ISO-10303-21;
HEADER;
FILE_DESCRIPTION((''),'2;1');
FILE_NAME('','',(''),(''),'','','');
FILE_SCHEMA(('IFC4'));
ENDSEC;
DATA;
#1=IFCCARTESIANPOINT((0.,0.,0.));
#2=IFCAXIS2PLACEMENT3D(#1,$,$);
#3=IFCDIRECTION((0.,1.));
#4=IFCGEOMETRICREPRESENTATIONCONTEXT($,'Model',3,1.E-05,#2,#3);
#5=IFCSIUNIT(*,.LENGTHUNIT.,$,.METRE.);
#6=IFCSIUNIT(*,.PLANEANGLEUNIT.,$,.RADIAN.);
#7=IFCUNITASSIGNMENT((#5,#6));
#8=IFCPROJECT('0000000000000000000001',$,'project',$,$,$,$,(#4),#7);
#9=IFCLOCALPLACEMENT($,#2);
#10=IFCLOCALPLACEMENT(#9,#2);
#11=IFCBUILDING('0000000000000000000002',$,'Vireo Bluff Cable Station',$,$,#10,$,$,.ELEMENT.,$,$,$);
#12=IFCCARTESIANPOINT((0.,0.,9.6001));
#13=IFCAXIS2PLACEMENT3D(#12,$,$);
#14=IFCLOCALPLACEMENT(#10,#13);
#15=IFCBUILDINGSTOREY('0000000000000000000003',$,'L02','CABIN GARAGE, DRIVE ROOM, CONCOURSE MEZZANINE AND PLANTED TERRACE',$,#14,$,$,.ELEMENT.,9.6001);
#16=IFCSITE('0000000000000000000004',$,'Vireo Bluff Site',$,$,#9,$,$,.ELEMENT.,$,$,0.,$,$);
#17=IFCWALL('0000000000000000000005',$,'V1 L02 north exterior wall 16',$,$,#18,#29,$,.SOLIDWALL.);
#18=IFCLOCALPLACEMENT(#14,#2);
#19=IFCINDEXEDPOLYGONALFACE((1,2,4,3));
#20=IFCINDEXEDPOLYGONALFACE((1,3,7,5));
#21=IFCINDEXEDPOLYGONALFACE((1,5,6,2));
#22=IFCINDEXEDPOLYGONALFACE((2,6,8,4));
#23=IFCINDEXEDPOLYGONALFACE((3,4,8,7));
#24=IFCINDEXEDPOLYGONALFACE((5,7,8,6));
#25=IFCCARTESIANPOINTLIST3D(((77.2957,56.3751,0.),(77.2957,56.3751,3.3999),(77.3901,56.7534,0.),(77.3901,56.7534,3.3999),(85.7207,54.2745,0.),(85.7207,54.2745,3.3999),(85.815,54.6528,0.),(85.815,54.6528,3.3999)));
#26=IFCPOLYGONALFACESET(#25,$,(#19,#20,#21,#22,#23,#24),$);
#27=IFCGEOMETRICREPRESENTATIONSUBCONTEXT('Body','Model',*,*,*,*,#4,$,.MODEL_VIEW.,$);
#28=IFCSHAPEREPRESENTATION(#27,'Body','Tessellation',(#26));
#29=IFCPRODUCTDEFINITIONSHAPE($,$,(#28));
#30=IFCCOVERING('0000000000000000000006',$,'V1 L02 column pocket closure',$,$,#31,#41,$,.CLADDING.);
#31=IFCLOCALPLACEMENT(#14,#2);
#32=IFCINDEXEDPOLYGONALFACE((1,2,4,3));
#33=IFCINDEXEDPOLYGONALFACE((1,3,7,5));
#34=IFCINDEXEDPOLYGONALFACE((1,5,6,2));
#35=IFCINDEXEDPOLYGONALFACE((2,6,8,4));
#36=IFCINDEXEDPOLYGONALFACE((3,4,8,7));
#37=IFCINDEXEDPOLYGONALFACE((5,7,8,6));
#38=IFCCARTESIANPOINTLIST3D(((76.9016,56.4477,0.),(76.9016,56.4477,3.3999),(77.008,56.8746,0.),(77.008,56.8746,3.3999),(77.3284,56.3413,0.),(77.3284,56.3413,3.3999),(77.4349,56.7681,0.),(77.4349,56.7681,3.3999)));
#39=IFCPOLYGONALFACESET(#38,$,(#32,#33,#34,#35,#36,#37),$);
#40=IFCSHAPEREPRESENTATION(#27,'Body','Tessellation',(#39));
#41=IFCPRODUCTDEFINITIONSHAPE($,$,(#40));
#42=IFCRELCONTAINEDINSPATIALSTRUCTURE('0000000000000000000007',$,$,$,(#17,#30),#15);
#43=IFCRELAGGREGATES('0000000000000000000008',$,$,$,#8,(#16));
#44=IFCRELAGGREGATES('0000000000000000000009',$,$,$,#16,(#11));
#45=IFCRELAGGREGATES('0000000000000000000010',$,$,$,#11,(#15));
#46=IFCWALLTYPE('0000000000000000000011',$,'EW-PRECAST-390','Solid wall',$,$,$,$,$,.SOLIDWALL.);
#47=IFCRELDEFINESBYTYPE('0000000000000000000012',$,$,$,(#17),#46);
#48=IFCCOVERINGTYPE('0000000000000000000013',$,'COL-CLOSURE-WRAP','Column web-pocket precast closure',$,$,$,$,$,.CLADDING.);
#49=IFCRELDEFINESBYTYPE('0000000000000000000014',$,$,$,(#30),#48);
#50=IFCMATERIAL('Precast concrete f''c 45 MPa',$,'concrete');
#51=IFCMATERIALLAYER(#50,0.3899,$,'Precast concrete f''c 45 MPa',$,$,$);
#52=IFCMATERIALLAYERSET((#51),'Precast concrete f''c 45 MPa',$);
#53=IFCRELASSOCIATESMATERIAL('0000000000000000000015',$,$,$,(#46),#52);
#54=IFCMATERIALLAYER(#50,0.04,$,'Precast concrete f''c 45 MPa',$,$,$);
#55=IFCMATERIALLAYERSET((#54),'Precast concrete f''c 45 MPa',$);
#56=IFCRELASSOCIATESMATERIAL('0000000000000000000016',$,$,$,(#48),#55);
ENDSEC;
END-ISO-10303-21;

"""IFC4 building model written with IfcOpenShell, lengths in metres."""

from ifc_helpers import new_model, si_unit, direction, frame, frame_2d, origin, origin_2d, place, context, subcontext, project, spatial, rectangle, extrude, material, layer, layer_set, type_object, element, save


model = new_model("IFC4")

# Units and contexts
model_context = context("Model", 3, precision=1e-05, world=origin(), true_north=direction((0.0, 1.0)))
body_context = subcontext(model_context, "Body", "Model", "MODEL_VIEW")
ifc_project = project(units=[si_unit("LENGTHUNIT", "METRE"), si_unit("PLANEANGLEUNIT", "RADIAN")], contexts=[model_context])

# Site, building, storey
site_placement = place(None, origin())
site = spatial("IfcSite", under=ifc_project, at=site_placement, Name="Vireo Bluff Site", CompositionType="ELEMENT", RefElevation=0.0)
building_placement = place(site_placement, origin())
building = spatial("IfcBuilding", under=site, at=building_placement, Name="Vireo Bluff Cable Station", CompositionType="ELEMENT")
storey_placement = place(building_placement, frame((0.0, 0.0, 9.6001)))
storey = spatial("IfcBuildingStorey", under=building, at=storey_placement, Name="L02", Description="CABIN GARAGE, DRIVE ROOM, CONCOURSE MEZZANINE AND PLANTED TERRACE", CompositionType="ELEMENT", Elevation=9.6001)

# Wall
ifc_material_1 = material(Name="Precast concrete f'c 45 MPa", Category="concrete")
ifc_layer_1 = layer(ifc_material_1, 0.3899, Name="Precast concrete f'c 45 MPa")
ifc_layer_set_1 = layer_set([ifc_layer_1], Name="Precast concrete f'c 45 MPa")
wall_type = type_object("IfcWallType", Name="EW-PRECAST-390", Description="Solid wall", PredefinedType="SOLIDWALL", material=ifc_layer_set_1)
wall_placement = place(storey_placement, frame((77.343, 56.5642, 0.0), z_axis=(0.0, 0.0, 1.0), x_axis=(0.970296, -0.24192, 0.0)))
element("IfcWall", 1, at=wall_placement, inside=storey, type_object=wall_type, Name="V1 L02 north exterior wall 16", PredefinedType="SOLIDWALL", context=body_context, shape_type="SweptSolid", body=[
    extrude(rectangle(XDim=8.6829, YDim=0.3899, at=frame_2d((4.3413, 0.0))), origin(), (0.0, 0.0, 1.0), 3.3999),
])

# Covering
ifc_layer_2 = layer(ifc_material_1, 0.04, Name="Precast concrete f'c 45 MPa")
ifc_layer_set_2 = layer_set([ifc_layer_2], Name="Precast concrete f'c 45 MPa")
covering_type = type_object("IfcCoveringType", Name="COL-CLOSURE-WRAP", Description="Column web-pocket precast closure", PredefinedType="CLADDING", material=ifc_layer_set_2)
covering_placement = place(storey_placement, frame((77.1682, 56.6079, 0.0), z_axis=(0.0, 0.0, 1.0), x_axis=(0.970296, -0.241922, 0.0)))
element("IfcCovering", 2, at=covering_placement, inside=storey, type_object=covering_type, Name="V1 L02 column pocket closure", PredefinedType="CLADDING", context=body_context, shape_type="SweptSolid", body=[
    extrude(rectangle(XDim=0.4399, YDim=0.4399, at=origin_2d()), origin(), (0.0, 0.0, 1.0), 3.3999),
])

save(model, "model.ifc")
